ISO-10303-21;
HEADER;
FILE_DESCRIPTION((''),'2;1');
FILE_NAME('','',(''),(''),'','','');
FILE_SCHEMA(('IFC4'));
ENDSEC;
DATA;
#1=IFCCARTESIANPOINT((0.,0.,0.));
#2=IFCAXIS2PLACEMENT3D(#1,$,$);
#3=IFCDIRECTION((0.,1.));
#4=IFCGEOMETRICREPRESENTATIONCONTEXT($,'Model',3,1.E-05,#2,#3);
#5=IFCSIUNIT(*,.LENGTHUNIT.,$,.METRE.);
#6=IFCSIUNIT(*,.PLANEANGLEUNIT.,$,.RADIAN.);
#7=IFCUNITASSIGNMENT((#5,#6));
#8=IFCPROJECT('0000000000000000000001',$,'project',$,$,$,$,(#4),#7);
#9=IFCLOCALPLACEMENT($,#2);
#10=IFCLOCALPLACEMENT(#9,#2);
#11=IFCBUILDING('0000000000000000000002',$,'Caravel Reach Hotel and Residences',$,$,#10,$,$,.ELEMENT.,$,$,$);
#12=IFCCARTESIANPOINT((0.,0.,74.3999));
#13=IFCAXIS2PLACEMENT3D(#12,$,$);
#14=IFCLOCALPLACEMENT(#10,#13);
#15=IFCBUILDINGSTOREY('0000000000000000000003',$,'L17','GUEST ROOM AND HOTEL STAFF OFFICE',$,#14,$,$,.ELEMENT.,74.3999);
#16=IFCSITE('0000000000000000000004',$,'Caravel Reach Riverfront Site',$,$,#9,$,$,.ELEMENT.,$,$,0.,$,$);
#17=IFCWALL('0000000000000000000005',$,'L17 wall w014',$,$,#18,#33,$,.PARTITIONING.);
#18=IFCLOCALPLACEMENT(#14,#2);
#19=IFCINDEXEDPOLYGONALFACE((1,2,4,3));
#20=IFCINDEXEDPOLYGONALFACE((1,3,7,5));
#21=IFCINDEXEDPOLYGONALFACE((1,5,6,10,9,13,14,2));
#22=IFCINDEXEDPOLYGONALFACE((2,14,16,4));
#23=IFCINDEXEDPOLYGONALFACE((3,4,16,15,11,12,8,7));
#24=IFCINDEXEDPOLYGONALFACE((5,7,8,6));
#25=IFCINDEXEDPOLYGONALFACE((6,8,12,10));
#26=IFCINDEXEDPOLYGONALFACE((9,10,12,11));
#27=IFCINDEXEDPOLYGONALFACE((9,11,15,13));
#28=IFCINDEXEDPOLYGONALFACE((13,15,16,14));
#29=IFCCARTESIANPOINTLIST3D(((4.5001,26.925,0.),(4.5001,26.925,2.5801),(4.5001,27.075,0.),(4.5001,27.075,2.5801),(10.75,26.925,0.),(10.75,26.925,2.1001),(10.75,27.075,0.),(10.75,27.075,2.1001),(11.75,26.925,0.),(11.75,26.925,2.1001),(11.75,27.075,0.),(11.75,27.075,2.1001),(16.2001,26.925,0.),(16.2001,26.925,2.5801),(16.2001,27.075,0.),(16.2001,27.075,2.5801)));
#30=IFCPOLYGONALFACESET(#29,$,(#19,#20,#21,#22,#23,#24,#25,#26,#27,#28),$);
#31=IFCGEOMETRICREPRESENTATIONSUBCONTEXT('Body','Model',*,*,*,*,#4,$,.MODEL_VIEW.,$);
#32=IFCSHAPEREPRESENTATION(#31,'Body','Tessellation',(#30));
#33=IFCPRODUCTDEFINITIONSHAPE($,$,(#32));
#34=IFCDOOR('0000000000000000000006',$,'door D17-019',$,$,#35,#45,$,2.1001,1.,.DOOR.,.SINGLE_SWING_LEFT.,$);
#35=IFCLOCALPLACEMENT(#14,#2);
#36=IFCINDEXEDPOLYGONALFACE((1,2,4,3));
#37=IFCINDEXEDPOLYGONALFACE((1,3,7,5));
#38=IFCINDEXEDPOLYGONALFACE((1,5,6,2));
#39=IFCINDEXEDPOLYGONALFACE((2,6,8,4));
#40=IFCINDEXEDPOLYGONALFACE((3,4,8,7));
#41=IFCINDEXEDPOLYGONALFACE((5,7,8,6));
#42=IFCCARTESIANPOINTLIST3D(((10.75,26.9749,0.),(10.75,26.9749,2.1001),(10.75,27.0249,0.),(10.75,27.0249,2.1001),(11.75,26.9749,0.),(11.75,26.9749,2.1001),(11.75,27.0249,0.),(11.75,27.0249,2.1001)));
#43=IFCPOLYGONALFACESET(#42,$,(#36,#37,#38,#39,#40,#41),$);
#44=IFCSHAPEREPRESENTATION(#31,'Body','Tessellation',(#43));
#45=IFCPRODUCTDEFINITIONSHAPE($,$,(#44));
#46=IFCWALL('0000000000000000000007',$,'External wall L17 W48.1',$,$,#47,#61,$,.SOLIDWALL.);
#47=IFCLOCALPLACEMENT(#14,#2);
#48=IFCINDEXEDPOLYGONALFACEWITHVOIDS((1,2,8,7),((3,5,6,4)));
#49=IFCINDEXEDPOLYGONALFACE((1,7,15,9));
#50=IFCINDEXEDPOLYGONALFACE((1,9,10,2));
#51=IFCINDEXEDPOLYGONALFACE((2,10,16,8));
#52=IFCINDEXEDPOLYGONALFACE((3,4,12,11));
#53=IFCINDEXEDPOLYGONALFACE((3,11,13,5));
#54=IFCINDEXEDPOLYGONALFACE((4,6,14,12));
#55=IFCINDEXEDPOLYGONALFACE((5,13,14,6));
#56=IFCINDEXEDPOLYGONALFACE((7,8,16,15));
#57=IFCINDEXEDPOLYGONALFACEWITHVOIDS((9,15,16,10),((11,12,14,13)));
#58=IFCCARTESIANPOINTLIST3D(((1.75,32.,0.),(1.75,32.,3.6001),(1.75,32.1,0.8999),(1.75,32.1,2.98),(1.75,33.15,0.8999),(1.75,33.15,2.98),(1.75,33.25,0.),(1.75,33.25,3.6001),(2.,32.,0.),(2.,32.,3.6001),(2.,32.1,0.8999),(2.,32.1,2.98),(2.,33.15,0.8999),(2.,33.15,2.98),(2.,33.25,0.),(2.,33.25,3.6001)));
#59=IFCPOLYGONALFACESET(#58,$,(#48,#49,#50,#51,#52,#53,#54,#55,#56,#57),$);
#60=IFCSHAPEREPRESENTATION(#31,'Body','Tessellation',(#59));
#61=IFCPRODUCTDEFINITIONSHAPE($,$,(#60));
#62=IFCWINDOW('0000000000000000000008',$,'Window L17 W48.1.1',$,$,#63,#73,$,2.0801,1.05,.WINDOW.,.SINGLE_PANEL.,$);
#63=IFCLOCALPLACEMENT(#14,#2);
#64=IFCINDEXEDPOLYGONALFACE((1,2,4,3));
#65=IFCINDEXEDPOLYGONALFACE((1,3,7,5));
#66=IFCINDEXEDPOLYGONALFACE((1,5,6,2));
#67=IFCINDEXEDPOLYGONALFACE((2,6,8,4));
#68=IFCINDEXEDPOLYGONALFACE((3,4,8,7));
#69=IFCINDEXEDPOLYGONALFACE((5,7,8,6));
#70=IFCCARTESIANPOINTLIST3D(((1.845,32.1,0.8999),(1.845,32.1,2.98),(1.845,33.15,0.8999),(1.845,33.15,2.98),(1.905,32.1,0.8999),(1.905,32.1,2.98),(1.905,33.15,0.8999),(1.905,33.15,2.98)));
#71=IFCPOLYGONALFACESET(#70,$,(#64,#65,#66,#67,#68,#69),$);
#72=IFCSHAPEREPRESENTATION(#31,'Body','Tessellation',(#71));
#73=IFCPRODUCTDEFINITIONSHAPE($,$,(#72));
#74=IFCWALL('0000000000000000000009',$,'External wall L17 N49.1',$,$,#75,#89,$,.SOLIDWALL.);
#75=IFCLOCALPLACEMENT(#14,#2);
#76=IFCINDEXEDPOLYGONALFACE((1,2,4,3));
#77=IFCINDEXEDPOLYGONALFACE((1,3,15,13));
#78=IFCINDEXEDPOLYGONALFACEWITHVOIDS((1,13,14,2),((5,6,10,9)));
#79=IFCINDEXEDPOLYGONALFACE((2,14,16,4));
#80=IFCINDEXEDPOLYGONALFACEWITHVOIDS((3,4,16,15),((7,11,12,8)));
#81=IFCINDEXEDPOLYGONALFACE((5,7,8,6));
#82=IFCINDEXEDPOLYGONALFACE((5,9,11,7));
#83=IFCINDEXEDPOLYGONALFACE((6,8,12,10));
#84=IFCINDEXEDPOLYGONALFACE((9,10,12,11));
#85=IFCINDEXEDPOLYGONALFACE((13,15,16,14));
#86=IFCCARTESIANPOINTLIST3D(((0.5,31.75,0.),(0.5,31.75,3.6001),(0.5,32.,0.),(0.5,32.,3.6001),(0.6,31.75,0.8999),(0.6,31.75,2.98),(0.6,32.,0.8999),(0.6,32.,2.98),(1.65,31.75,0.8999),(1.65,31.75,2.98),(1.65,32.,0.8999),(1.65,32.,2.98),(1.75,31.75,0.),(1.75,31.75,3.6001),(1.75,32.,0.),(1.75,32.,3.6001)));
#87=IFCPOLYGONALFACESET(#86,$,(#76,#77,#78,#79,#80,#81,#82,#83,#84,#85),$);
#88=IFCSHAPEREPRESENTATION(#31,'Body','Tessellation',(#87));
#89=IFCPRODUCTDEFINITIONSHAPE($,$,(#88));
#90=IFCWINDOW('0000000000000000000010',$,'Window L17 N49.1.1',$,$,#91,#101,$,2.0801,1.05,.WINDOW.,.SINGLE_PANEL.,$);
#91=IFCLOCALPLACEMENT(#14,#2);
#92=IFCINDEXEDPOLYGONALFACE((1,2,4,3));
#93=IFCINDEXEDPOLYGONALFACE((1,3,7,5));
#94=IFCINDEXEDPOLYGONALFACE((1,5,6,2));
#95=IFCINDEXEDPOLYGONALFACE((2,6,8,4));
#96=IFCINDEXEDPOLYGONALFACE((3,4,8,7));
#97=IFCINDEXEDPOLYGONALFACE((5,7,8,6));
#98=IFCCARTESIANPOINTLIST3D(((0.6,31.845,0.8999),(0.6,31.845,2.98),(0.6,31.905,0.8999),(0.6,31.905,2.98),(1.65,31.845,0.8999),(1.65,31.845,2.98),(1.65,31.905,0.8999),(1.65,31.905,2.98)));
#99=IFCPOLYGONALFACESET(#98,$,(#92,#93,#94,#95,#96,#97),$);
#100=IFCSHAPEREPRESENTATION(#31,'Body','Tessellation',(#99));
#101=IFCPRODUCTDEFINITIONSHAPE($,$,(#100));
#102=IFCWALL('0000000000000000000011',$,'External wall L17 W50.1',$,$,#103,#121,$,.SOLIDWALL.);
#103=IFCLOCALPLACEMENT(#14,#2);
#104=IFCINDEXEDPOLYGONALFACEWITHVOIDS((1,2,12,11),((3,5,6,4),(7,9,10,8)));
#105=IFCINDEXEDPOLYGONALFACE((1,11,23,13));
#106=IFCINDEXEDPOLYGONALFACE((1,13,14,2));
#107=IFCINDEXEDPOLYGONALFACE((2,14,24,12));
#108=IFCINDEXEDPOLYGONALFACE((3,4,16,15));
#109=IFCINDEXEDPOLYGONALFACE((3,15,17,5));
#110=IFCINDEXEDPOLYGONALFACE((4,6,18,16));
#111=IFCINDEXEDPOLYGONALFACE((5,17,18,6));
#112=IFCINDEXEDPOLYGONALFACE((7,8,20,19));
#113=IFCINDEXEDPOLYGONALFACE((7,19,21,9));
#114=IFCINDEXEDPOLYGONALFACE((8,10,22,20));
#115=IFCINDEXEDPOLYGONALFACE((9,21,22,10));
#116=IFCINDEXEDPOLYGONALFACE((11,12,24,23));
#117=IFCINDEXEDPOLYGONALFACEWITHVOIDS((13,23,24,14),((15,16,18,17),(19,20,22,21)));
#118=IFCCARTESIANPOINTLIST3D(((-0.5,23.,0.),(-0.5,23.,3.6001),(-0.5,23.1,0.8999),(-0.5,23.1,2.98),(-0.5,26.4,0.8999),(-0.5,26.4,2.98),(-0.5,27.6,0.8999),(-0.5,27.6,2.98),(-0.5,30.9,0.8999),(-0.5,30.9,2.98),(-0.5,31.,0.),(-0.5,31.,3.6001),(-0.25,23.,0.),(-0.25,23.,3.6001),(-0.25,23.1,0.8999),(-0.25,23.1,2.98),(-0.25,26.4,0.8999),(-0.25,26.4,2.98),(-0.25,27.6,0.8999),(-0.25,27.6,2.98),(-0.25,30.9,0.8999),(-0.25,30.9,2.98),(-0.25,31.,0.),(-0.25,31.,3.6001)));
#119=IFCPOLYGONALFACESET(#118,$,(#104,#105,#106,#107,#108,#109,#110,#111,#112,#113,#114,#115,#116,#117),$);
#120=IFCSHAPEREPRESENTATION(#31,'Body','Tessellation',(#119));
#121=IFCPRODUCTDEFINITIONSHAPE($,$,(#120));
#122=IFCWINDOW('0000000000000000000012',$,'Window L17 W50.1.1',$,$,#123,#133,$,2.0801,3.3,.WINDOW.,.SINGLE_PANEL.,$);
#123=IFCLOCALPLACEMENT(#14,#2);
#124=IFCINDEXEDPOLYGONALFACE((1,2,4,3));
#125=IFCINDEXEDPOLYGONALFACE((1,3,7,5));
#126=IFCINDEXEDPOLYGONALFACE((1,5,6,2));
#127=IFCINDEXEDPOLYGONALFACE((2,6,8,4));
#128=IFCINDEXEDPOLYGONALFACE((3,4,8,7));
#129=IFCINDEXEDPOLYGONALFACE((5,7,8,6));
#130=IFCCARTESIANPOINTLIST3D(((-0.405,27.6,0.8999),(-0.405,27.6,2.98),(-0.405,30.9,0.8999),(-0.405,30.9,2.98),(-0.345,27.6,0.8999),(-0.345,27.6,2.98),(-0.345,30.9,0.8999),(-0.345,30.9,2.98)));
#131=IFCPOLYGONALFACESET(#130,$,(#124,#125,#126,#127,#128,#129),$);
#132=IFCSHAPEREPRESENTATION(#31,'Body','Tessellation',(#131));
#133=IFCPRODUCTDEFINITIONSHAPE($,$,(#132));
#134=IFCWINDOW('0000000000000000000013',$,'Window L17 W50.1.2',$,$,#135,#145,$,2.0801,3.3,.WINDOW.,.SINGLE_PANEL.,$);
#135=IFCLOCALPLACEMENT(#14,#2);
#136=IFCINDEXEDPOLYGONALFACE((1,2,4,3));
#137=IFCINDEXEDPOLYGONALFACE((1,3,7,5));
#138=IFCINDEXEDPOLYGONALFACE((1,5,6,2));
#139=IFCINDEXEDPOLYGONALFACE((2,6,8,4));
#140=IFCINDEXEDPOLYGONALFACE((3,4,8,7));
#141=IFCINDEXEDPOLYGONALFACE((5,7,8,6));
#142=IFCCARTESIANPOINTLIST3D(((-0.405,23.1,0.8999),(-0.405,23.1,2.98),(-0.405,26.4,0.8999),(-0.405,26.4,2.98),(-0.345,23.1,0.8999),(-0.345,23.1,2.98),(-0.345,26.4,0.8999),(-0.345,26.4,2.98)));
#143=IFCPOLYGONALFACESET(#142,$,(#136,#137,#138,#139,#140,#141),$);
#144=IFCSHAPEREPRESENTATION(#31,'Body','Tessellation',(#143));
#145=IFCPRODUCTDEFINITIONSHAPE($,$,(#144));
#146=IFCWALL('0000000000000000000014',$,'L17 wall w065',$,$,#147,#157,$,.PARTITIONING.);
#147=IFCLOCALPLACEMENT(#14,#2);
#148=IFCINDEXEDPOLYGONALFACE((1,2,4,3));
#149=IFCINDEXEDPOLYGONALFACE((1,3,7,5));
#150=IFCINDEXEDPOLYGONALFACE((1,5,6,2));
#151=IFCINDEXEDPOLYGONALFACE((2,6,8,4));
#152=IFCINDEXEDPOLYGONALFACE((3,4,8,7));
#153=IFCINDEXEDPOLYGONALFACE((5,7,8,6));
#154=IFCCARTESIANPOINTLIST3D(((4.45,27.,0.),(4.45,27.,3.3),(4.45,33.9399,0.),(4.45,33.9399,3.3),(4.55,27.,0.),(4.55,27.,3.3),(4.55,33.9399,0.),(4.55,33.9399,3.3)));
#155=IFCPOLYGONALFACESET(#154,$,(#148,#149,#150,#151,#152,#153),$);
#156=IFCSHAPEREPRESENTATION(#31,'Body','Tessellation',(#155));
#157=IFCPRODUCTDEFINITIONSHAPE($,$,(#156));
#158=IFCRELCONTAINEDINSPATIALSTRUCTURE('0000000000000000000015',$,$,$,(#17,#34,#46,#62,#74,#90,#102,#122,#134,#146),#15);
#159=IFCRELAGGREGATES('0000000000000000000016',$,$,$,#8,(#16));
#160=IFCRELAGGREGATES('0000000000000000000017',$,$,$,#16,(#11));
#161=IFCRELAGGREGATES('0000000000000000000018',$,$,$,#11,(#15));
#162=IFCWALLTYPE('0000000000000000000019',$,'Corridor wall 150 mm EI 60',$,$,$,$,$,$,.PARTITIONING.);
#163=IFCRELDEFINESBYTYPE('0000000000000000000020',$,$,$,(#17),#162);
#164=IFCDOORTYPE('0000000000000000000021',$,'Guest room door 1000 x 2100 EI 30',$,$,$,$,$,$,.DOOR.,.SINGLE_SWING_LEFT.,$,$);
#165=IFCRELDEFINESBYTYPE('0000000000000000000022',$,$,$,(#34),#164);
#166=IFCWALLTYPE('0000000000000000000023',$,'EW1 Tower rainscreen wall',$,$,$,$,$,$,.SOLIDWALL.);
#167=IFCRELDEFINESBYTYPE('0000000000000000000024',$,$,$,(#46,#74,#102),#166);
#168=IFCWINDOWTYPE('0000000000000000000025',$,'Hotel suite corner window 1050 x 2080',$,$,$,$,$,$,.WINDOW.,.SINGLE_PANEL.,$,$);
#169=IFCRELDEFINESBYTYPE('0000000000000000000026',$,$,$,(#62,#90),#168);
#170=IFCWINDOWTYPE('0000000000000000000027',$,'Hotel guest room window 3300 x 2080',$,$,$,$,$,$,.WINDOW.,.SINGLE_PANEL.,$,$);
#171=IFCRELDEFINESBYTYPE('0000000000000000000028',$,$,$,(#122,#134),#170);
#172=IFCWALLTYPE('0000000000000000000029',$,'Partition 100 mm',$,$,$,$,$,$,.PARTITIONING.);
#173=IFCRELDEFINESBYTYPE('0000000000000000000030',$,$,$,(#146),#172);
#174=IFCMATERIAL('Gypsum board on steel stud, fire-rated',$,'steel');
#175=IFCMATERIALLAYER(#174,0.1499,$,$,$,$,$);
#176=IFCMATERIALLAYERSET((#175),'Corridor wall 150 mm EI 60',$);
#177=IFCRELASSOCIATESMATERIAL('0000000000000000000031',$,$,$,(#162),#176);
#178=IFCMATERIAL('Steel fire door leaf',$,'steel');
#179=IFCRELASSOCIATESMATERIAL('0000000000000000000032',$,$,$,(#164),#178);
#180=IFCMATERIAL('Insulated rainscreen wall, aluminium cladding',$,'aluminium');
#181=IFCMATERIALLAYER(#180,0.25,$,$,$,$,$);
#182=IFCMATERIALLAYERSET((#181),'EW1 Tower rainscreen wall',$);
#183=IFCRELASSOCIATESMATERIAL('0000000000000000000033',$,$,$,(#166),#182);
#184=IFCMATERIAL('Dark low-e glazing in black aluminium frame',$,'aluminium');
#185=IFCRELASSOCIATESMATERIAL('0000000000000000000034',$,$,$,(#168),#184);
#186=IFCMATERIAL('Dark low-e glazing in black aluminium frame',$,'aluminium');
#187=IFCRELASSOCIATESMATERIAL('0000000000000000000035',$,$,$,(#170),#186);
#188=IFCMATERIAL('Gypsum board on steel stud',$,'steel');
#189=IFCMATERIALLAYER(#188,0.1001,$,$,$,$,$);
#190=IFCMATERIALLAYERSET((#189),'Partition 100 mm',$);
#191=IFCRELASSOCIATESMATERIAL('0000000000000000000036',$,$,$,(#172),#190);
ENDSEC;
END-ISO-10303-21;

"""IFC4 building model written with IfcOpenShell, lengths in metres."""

from ifc_helpers import new_model, si_unit, direction, frame, frame_2d, origin, place, context, subcontext, project, spatial, rectangle, extrude, material, layer, layer_set, type_object, element, fill, save


model = new_model("IFC4")

# Units and contexts
model_context = context("Model", 3, precision=1e-05, world=origin(), true_north=direction((0.0, 1.0)))
body_context = subcontext(model_context, "Body", "Model", "MODEL_VIEW")
ifc_project = project(units=[si_unit("LENGTHUNIT", "METRE"), si_unit("PLANEANGLEUNIT", "RADIAN")], contexts=[model_context])

# Site, building, storey
site_placement = place(None, origin())
site = spatial("IfcSite", under=ifc_project, at=site_placement, Name="Caravel Reach Riverfront Site", CompositionType="ELEMENT", RefElevation=0.0)
building_placement = place(site_placement, origin())
building = spatial("IfcBuilding", under=site, at=building_placement, Name="Caravel Reach Hotel and Residences", CompositionType="ELEMENT")
storey_placement = place(building_placement, frame((0.0, 0.0, 74.3999)))
storey = spatial("IfcBuildingStorey", under=building, at=storey_placement, Name="L17", Description="GUEST ROOM AND HOTEL STAFF OFFICE", CompositionType="ELEMENT", Elevation=74.3999)

# Wall, opening, door
ifc_material_1 = material(Name="Gypsum board on steel stud, fire-rated", Category="steel")
ifc_layer_1 = layer(ifc_material_1, 0.1499)
ifc_layer_set_1 = layer_set([ifc_layer_1], Name="Corridor wall 150 mm EI 60")
wall_type_1 = type_object("IfcWallType", Name="Corridor wall 150 mm EI 60", PredefinedType="PARTITIONING", material=ifc_layer_set_1)
wall_1_placement = place(storey_placement, frame((4.5, 27.0, 0.0), z_axis=(0.0, 0.0, 1.0), x_axis=(1.0, 0.0, 0.0)))
wall_1 = element("IfcWall", 1, at=wall_1_placement, inside=storey, type_object=wall_type_1, Name="L17 wall w014", PredefinedType="PARTITIONING", context=body_context, shape_type="SweptSolid", body=[
    extrude(rectangle(XDim=11.7, YDim=0.1499, at=frame_2d((5.8501, 0.0))), origin(), (0.0, 0.0, 1.0), 2.5801),
])
opening_1_placement = place(wall_1_placement, frame((6.25, 0.0, 0.0)))
opening_1 = element("IfcOpeningElement", 2, at=opening_1_placement, cuts=wall_1, PredefinedType="OPENING", context=body_context, shape_type="SweptSolid", body=[
    extrude(rectangle(XDim=1.0, YDim=2.1001, at=frame_2d((0.5, 1.05))), frame((0.0, 0.085, 0.0), z_axis=(0.0, -1.0, 0.0), x_axis=(1.0, 0.0, 0.0)), (0.0, 0.0, 1.0), 0.1699),
])
ifc_material_2 = material(Name="Steel fire door leaf", Category="steel")
door_type_1 = type_object("IfcDoorType", Name="Guest room door 1000 x 2100 EI 30", OperationType="SINGLE_SWING_LEFT", PredefinedType="DOOR", material=ifc_material_2)
door_1_placement = place(opening_1_placement, origin())
door_1 = element("IfcDoor", 3, at=door_1_placement, inside=storey, type_object=door_type_1, Name="door D17-019", OperationType="SINGLE_SWING_LEFT", OverallHeight=2.1001, OverallWidth=1.0, PredefinedType="DOOR", context=body_context, shape_type="SweptSolid", body=[
    extrude(rectangle(XDim=1.0, YDim=2.1001, at=frame_2d((0.5, 1.05))), frame((0.0, 0.0249, 0.0), z_axis=(0.0, -1.0, 0.0), x_axis=(1.0, 0.0, 0.0)), (0.0, 0.0, 1.0), 0.05),
])
fill(opening_1, door_1)

# Walls, openings, windows
ifc_material_3 = material(Name="Insulated rainscreen wall, aluminium cladding", Category="aluminium")
ifc_layer_2 = layer(ifc_material_3, 0.25)
ifc_layer_set_2 = layer_set([ifc_layer_2], Name="EW1 Tower rainscreen wall")
wall_type_2 = type_object("IfcWallType", Name="EW1 Tower rainscreen wall", PredefinedType="SOLIDWALL", material=ifc_layer_set_2)
wall_2_placement = place(storey_placement, frame((1.875, 33.25, 0.0), z_axis=(0.0, 0.0, 1.0), x_axis=(0.0, -1.0, 0.0)))
wall_2 = element("IfcWall", 4, at=wall_2_placement, inside=storey, type_object=wall_type_2, Name="External wall L17 W48.1", PredefinedType="SOLIDWALL", context=body_context, shape_type="SweptSolid", body=[
    extrude(rectangle(XDim=1.25, YDim=0.25, at=frame_2d((0.625, 0.0))), origin(), (0.0, 0.0, 1.0), 3.6001),
])
opening_2_placement = place(wall_2_placement, frame((0.1001, 0.0, 0.8999)))
opening_2 = element("IfcOpeningElement", 5, at=opening_2_placement, cuts=wall_2, PredefinedType="OPENING", context=body_context, shape_type="SweptSolid", body=[
    extrude(rectangle(XDim=1.05, YDim=2.0801, at=frame_2d((0.5249, 1.04))), frame((0.0, 0.135, 0.0), z_axis=(0.0, -1.0, 0.0), x_axis=(1.0, 0.0, 0.0)), (0.0, 0.0, 1.0), 0.27),
])
ifc_material_4 = material(Name="Dark low-e glazing in black aluminium frame", Category="aluminium")
window_type_1 = type_object("IfcWindowType", Name="Hotel suite corner window 1050 x 2080", PartitioningType="SINGLE_PANEL", PredefinedType="WINDOW", material=ifc_material_4)
window_1_placement = place(opening_2_placement, origin())
window_1 = element("IfcWindow", 6, at=window_1_placement, inside=storey, type_object=window_type_1, Name="Window L17 W48.1.1", OverallHeight=2.0801, OverallWidth=1.05, PartitioningType="SINGLE_PANEL", PredefinedType="WINDOW", context=body_context, shape_type="SweptSolid", body=[
    extrude(rectangle(XDim=1.05, YDim=2.0801, at=frame_2d((0.5249, 1.04))), frame((0.0, 0.03, 0.0), z_axis=(0.0, -1.0, 0.0), x_axis=(1.0, 0.0, 0.0)), (0.0, 0.0, 1.0), 0.0601),
])
fill(opening_2, window_1)
wall_3_placement = place(storey_placement, frame((1.75, 31.875, 0.0), z_axis=(0.0, 0.0, 1.0), x_axis=(-1.0, 0.0, 0.0)))
wall_3 = element("IfcWall", 7, at=wall_3_placement, inside=storey, type_object=wall_type_2, Name="External wall L17 N49.1", PredefinedType="SOLIDWALL", context=body_context, shape_type="SweptSolid", body=[
    extrude(rectangle(XDim=1.25, YDim=0.25, at=frame_2d((0.625, 0.0))), origin(), (0.0, 0.0, 1.0), 3.6001),
])
opening_3_placement = place(wall_3_placement, frame((0.1001, 0.0, 0.8999)))
opening_3 = element("IfcOpeningElement", 8, at=opening_3_placement, cuts=wall_3, PredefinedType="OPENING", context=body_context, shape_type="SweptSolid", body=[
    extrude(rectangle(XDim=1.05, YDim=2.0801, at=frame_2d((0.5249, 1.04))), frame((0.0, 0.135, 0.0), z_axis=(0.0, -1.0, 0.0), x_axis=(1.0, 0.0, 0.0)), (0.0, 0.0, 1.0), 0.27),
])
window_2_placement = place(opening_3_placement, origin())
window_2 = element("IfcWindow", 9, at=window_2_placement, inside=storey, type_object=window_type_1, Name="Window L17 N49.1.1", OverallHeight=2.0801, OverallWidth=1.05, PartitioningType="SINGLE_PANEL", PredefinedType="WINDOW", context=body_context, shape_type="SweptSolid", body=[
    extrude(rectangle(XDim=1.05, YDim=2.0801, at=frame_2d((0.5249, 1.04))), frame((0.0, 0.03, 0.0), z_axis=(0.0, -1.0, 0.0), x_axis=(1.0, 0.0, 0.0)), (0.0, 0.0, 1.0), 0.0601),
])
fill(opening_3, window_2)

# Wall, openings, windows
wall_4_placement = place(storey_placement, frame((-0.375, 31.0, 0.0), z_axis=(0.0, 0.0, 1.0), x_axis=(0.0, -1.0, 0.0)))
wall_4 = element("IfcWall", 10, at=wall_4_placement, inside=storey, type_object=wall_type_2, Name="External wall L17 W50.1", PredefinedType="SOLIDWALL", context=body_context, shape_type="SweptSolid", body=[
    extrude(rectangle(XDim=8.0, YDim=0.25, at=frame_2d((4.0, 0.0))), origin(), (0.0, 0.0, 1.0), 3.6001),
])
opening_4_placement = place(wall_4_placement, frame((0.1001, 0.0, 0.8999)))
opening_4 = element("IfcOpeningElement", 11, at=opening_4_placement, cuts=wall_4, PredefinedType="OPENING", context=body_context, shape_type="SweptSolid", body=[
    extrude(rectangle(XDim=3.3, YDim=2.0801, at=frame_2d((1.6499, 1.04))), frame((0.0, 0.135, 0.0), z_axis=(0.0, -1.0, 0.0), x_axis=(1.0, 0.0, 0.0)), (0.0, 0.0, 1.0), 0.27),
])
opening_5_placement = place(wall_4_placement, frame((4.6001, 0.0, 0.8999)))
opening_5 = element("IfcOpeningElement", 12, at=opening_5_placement, cuts=wall_4, PredefinedType="OPENING", context=body_context, shape_type="SweptSolid", body=[
    extrude(rectangle(XDim=3.3, YDim=2.0801, at=frame_2d((1.6499, 1.04))), frame((0.0, 0.135, 0.0), z_axis=(0.0, -1.0, 0.0), x_axis=(1.0, 0.0, 0.0)), (0.0, 0.0, 1.0), 0.27),
])
ifc_material_5 = material(Name="Dark low-e glazing in black aluminium frame", Category="aluminium")
window_type_2 = type_object("IfcWindowType", Name="Hotel guest room window 3300 x 2080", PartitioningType="SINGLE_PANEL", PredefinedType="WINDOW", material=ifc_material_5)
window_3_placement = place(opening_4_placement, origin())
window_3 = element("IfcWindow", 13, at=window_3_placement, inside=storey, type_object=window_type_2, Name="Window L17 W50.1.1", OverallHeight=2.0801, OverallWidth=3.3, PartitioningType="SINGLE_PANEL", PredefinedType="WINDOW", context=body_context, shape_type="SweptSolid", body=[
    extrude(rectangle(XDim=3.3, YDim=2.0801, at=frame_2d((1.6499, 1.04))), frame((0.0, 0.03, 0.0), z_axis=(0.0, -1.0, 0.0), x_axis=(1.0, 0.0, 0.0)), (0.0, 0.0, 1.0), 0.0601),
])
fill(opening_4, window_3)
window_4_placement = place(opening_5_placement, origin())
window_4 = element("IfcWindow", 14, at=window_4_placement, inside=storey, type_object=window_type_2, Name="Window L17 W50.1.2", OverallHeight=2.0801, OverallWidth=3.3, PartitioningType="SINGLE_PANEL", PredefinedType="WINDOW", context=body_context, shape_type="SweptSolid", body=[
    extrude(rectangle(XDim=3.3, YDim=2.0801, at=frame_2d((1.6499, 1.04))), frame((0.0, 0.03, 0.0), z_axis=(0.0, -1.0, 0.0), x_axis=(1.0, 0.0, 0.0)), (0.0, 0.0, 1.0), 0.0601),
])
fill(opening_5, window_4)

# Wall
ifc_material_6 = material(Name="Gypsum board on steel stud", Category="steel")
ifc_layer_3 = layer(ifc_material_6, 0.1001)
ifc_layer_set_3 = layer_set([ifc_layer_3], Name="Partition 100 mm")
wall_type_3 = type_object("IfcWallType", Name="Partition 100 mm", PredefinedType="PARTITIONING", material=ifc_layer_set_3)
wall_5_placement = place(storey_placement, frame((4.5, 27.0, 0.0), z_axis=(0.0, 0.0, 1.0), x_axis=(0.0, 1.0, 0.0)))
element("IfcWall", 15, at=wall_5_placement, inside=storey, type_object=wall_type_3, Name="L17 wall w065", PredefinedType="PARTITIONING", context=body_context, shape_type="SweptSolid", body=[
    extrude(rectangle(XDim=6.9399, YDim=0.1001, at=frame_2d((3.47, 0.0))), origin(), (0.0, 0.0, 1.0), 3.3),
])

save(model, "model.ifc")
